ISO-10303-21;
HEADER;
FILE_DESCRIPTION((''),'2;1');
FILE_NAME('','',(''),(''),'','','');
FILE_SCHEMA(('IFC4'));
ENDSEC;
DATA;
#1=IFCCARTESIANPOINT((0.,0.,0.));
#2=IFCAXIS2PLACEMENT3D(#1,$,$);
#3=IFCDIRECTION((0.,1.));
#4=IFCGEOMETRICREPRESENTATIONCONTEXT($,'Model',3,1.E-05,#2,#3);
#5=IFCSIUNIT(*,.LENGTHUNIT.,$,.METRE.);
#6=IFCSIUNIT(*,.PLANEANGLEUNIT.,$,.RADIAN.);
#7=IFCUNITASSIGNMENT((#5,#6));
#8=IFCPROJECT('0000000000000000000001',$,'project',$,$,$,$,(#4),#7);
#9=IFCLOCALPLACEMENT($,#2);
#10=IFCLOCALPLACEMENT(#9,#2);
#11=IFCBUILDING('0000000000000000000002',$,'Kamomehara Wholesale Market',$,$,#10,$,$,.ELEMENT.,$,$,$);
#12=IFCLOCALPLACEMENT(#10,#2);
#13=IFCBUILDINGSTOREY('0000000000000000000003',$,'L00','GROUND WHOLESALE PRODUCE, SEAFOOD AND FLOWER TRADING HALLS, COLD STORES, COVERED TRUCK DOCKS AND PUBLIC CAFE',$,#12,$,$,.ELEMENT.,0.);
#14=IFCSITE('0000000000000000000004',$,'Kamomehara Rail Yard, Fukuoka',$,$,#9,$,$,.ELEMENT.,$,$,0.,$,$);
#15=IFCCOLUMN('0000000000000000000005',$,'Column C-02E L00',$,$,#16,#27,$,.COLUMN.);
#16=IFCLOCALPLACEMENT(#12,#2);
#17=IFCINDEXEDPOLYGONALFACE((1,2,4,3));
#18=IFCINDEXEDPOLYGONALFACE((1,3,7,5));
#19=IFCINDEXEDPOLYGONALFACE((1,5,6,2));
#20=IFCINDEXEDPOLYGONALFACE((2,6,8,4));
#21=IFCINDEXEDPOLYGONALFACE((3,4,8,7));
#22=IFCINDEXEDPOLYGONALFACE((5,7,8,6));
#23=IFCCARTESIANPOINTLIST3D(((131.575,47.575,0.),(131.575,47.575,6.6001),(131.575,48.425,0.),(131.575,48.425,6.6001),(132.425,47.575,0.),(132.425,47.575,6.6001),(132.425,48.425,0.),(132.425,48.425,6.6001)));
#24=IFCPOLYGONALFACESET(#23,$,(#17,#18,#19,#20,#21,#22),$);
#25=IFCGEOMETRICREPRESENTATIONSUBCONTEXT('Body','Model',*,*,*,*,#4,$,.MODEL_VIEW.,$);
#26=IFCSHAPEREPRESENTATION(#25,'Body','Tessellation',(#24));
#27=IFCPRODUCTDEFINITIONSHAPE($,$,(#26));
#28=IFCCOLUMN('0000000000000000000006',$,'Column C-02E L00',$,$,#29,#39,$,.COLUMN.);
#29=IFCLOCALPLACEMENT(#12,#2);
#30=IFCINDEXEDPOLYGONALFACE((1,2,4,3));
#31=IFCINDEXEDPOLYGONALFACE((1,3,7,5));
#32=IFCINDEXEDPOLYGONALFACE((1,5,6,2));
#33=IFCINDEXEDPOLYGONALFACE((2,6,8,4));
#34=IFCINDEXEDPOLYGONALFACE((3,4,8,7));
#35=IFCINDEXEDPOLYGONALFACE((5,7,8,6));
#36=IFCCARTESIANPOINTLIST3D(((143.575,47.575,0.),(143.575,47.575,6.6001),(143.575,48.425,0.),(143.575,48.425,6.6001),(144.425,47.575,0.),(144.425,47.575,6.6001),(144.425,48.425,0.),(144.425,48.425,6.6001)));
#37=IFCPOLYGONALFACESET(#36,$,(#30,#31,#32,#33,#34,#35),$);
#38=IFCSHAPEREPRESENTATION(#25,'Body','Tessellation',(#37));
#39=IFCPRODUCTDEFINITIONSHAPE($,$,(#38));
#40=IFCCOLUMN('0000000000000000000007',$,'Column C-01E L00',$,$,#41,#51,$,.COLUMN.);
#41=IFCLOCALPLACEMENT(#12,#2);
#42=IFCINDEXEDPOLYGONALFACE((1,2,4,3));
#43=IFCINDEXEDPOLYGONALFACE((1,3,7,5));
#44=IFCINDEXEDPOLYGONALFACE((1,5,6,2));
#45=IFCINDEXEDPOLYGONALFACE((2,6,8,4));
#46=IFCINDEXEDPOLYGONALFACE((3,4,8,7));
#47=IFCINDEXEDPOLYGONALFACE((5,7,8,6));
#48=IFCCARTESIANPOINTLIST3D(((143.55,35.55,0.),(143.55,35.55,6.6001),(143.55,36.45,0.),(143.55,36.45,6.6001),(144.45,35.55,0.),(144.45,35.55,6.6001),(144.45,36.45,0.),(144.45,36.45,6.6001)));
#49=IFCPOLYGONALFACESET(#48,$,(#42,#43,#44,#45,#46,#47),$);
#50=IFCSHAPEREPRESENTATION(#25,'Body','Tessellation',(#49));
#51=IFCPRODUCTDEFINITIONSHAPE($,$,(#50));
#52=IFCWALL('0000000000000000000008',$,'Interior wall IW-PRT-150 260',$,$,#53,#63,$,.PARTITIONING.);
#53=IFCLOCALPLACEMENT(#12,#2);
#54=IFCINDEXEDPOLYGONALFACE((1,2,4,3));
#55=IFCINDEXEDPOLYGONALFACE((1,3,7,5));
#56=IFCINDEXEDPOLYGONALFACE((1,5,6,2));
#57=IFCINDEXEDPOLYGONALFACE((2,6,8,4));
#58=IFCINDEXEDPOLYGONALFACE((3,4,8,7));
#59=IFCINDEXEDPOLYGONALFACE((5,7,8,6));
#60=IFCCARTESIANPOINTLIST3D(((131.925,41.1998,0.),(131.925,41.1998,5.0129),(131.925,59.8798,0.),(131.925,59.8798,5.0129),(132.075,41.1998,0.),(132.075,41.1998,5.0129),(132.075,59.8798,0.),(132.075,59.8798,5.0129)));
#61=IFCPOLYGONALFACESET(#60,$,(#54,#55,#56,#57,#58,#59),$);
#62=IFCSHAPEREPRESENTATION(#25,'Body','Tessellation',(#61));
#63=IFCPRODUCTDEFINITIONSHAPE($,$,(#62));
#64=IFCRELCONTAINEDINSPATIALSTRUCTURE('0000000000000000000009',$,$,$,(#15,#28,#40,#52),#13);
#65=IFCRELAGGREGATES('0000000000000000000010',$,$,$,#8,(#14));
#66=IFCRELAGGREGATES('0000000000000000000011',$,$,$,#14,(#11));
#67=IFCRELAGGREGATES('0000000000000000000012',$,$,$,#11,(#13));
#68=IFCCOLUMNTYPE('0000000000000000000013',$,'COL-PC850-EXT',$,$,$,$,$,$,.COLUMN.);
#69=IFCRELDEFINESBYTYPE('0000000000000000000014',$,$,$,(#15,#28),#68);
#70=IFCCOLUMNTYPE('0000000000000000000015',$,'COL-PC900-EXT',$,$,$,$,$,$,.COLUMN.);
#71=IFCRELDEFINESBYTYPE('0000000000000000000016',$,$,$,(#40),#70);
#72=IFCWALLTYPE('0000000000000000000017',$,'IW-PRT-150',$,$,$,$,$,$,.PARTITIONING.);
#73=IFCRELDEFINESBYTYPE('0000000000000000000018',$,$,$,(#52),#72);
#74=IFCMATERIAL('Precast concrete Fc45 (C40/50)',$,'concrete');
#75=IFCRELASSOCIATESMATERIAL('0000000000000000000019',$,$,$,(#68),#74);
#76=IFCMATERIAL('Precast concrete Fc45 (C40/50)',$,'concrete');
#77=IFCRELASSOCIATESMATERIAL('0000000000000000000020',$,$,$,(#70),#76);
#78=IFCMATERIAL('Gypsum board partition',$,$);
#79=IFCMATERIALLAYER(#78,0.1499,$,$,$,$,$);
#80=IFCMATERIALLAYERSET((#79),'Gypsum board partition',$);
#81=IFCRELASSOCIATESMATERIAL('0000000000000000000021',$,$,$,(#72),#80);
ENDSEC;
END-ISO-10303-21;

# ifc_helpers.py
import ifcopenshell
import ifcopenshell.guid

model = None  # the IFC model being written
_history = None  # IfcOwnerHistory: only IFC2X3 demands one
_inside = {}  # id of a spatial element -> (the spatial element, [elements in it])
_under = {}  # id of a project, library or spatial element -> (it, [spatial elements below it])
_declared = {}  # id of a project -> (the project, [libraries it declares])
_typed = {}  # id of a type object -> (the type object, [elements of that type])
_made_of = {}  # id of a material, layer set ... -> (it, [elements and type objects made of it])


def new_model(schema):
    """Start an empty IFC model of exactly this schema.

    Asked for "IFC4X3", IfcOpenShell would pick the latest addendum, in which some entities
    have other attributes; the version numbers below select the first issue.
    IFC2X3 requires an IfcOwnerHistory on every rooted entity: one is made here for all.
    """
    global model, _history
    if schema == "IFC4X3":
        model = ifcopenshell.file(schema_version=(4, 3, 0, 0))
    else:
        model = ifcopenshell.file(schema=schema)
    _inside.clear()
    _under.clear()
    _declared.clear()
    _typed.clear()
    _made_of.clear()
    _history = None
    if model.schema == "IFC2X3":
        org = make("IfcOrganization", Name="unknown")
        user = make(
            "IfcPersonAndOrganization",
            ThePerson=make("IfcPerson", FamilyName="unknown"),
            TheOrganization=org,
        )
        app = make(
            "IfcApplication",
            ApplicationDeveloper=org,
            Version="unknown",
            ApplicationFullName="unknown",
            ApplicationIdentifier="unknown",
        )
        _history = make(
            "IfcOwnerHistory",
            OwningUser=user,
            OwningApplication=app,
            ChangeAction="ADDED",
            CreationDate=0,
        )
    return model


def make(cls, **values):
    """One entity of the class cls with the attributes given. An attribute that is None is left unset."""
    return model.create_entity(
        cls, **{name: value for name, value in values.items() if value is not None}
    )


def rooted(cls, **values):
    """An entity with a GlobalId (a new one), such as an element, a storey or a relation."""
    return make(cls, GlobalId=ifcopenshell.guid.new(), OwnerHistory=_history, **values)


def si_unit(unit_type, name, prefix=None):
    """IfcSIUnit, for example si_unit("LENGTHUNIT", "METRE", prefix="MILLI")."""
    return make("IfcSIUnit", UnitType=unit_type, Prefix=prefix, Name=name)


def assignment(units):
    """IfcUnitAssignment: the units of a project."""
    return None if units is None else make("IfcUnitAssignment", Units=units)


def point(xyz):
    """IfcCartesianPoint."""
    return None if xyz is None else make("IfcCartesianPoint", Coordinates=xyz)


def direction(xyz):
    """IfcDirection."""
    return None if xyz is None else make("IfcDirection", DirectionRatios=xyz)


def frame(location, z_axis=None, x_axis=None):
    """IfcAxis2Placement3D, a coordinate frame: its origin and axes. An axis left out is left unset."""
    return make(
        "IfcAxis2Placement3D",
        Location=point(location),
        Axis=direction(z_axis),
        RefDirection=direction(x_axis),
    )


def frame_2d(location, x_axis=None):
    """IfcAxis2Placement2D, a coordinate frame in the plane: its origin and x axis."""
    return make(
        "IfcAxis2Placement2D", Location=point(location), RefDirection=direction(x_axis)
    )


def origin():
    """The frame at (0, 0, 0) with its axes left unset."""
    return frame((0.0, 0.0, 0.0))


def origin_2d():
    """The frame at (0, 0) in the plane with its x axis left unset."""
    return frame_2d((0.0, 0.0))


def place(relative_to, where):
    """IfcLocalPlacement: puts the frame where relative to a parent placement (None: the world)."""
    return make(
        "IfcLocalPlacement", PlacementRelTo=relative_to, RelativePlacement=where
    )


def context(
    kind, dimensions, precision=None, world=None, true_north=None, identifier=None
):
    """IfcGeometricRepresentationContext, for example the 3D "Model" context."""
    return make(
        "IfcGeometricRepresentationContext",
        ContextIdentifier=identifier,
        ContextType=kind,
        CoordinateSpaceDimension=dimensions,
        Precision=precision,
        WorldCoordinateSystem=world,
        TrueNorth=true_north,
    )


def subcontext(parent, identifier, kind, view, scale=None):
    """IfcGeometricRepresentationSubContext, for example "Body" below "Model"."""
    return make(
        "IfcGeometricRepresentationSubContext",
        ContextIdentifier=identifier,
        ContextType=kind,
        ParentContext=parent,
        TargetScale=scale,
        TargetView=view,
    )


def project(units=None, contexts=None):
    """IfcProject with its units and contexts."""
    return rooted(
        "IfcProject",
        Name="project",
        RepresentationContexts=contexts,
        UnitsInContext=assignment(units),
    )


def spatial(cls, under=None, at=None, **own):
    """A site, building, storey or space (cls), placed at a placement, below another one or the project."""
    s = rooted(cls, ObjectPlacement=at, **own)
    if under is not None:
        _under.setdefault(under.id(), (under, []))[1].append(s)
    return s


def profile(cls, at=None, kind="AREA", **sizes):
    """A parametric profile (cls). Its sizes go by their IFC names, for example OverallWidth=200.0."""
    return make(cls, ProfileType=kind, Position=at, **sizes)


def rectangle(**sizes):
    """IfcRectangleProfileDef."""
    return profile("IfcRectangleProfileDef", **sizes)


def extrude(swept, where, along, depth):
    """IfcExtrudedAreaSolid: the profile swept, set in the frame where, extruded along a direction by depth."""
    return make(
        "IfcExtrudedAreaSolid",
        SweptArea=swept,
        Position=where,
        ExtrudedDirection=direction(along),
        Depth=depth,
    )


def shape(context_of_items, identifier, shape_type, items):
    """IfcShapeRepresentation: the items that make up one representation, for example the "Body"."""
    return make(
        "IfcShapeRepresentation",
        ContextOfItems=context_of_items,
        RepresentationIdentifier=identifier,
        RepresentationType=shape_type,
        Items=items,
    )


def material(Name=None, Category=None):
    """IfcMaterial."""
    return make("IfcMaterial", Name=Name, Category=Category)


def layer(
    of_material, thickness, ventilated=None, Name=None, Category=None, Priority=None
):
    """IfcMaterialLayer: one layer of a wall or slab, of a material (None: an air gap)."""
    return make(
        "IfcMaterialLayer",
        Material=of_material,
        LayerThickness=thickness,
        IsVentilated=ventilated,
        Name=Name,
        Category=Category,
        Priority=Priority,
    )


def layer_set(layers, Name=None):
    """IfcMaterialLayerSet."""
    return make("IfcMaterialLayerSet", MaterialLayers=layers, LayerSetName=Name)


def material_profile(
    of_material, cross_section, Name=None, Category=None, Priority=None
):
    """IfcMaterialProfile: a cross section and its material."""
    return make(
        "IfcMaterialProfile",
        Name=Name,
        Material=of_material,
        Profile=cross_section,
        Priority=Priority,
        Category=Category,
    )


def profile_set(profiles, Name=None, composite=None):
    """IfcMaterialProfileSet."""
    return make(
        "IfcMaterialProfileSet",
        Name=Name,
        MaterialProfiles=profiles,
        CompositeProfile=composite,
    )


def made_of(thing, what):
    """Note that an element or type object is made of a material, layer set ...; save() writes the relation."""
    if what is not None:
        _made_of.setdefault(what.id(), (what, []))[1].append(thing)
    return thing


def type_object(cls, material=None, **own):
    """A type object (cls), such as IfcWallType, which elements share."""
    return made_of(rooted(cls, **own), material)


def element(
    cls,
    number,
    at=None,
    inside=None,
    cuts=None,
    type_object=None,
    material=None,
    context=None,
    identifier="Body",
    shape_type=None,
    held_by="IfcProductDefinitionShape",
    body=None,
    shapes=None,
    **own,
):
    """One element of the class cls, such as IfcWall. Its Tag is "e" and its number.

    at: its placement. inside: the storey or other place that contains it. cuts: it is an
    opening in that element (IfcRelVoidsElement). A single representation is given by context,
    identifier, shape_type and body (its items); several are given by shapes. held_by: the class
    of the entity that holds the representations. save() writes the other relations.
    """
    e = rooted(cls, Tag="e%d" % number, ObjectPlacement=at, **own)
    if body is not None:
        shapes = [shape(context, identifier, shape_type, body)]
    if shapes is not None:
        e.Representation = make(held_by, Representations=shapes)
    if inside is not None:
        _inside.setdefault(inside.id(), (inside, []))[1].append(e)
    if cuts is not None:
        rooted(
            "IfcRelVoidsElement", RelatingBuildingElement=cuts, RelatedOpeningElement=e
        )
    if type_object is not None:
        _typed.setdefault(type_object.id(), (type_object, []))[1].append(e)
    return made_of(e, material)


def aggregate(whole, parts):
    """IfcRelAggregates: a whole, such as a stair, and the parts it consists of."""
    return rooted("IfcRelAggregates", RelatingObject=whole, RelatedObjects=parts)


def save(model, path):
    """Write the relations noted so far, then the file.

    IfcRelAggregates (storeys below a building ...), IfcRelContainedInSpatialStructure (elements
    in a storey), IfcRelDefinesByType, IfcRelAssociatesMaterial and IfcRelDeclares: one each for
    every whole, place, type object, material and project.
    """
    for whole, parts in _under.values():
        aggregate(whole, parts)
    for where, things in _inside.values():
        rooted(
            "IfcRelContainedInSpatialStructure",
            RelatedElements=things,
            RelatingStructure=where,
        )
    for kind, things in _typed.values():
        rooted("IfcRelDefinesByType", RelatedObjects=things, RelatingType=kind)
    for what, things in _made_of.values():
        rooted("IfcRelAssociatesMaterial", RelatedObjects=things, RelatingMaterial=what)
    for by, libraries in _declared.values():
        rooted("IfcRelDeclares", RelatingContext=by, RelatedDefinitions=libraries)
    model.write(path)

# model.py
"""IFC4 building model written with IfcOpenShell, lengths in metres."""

from ifc_helpers import new_model, si_unit, direction, frame, frame_2d, origin, origin_2d, place, context, subcontext, project, spatial, rectangle, extrude, material, layer, layer_set, material_profile, profile_set, type_object, element, save


model = new_model("IFC4")

# Units and contexts
model_context = context("Model", 3, precision=1e-05, world=origin(), true_north=direction((0.0, 1.0)))
body_context = subcontext(model_context, "Body", "Model", "MODEL_VIEW")
ifc_project = project(units=[si_unit("LENGTHUNIT", "METRE"), si_unit("PLANEANGLEUNIT", "RADIAN")], contexts=[model_context])

# Site, building, storey
site_placement = place(None, origin())
site = spatial("IfcSite", under=ifc_project, at=site_placement, Name="Kamomehara Rail Yard, Fukuoka", CompositionType="ELEMENT", RefElevation=0.0)
building_placement = place(site_placement, origin())
building = spatial("IfcBuilding", under=site, at=building_placement, Name="Kamomehara Wholesale Market", CompositionType="ELEMENT")
storey_placement = place(building_placement, origin())
storey = spatial("IfcBuildingStorey", under=building, at=storey_placement, Name="L00", Description="GROUND WHOLESALE PRODUCE, SEAFOOD AND FLOWER TRADING HALLS, COLD STORES, COVERED TRUCK DOCKS AND PUBLIC CAFE", CompositionType="ELEMENT", Elevation=0.0)

# Columns
ifc_material_1 = material(Name="Precast concrete Fc45 (C40/50)", Category="concrete")
ifc_material_profile_1 = material_profile(ifc_material_1, rectangle(XDim=0.8501, YDim=0.8501, at=origin_2d()), Name="PC-COL-850x850")
ifc_profile_set_1 = profile_set([ifc_material_profile_1], Name="Precast concrete Fc45 (C40/50)")
column_type_1 = type_object("IfcColumnType", Name="COL-PC850-EXT", PredefinedType="COLUMN", material=ifc_profile_set_1)
for number, where, z_axis, x_axis, name in (
    (1, (132.0, 48.0, 0.0), (0.0, 0.0, 1.0), (1.0, 0.0, 0.0), "Column C-02E L00"),
    (2, (144.0, 48.0, 0.0), (0.0, 0.0, 1.0), (1.0, 0.0, 0.0), "Column C-02E L00"),
):
    element("IfcColumn", number, at=place(storey_placement, frame(where, z_axis=z_axis, x_axis=x_axis)), inside=storey, type_object=column_type_1, Name=name, PredefinedType="COLUMN", context=body_context, shape_type="SweptSolid", body=[
        extrude(rectangle(XDim=0.8501, YDim=0.8501, at=origin_2d()), origin(), (0.0, 0.0, 1.0), 6.6001),
    ])
ifc_material_2 = material(Name="Precast concrete Fc45 (C40/50)", Category="concrete")
ifc_material_profile_2 = material_profile(ifc_material_2, rectangle(XDim=0.8999, YDim=0.8999, at=origin_2d()), Name="PC-COL-900x900")
ifc_profile_set_2 = profile_set([ifc_material_profile_2], Name="Precast concrete Fc45 (C40/50)")
column_type_2 = type_object("IfcColumnType", Name="COL-PC900-EXT", PredefinedType="COLUMN", material=ifc_profile_set_2)
column_placement = place(storey_placement, frame((144.0, 36.0, 0.0), z_axis=(0.0, 0.0, 1.0), x_axis=(1.0, 0.0, 0.0)))
element("IfcColumn", 3, at=column_placement, inside=storey, type_object=column_type_2, Name="Column C-01E L00", PredefinedType="COLUMN", context=body_context, shape_type="SweptSolid", body=[
    extrude(rectangle(XDim=0.8999, YDim=0.8999, at=origin_2d()), origin(), (0.0, 0.0, 1.0), 6.6001),
])

# Wall
ifc_material_3 = material(Name="Gypsum board partition")
ifc_layer = layer(ifc_material_3, 0.1499)
ifc_layer_set = layer_set([ifc_layer], Name="Gypsum board partition")
wall_type = type_object("IfcWallType", Name="IW-PRT-150", PredefinedType="PARTITIONING", material=ifc_layer_set)
wall_placement = place(storey_placement, frame((132.0, 41.2, 0.0), z_axis=(0.0, 0.0, 1.0), x_axis=(0.0, 1.0, 0.0)))
element("IfcWall", 4, at=wall_placement, inside=storey, type_object=wall_type, Name="Interior wall IW-PRT-150 260", PredefinedType="PARTITIONING", context=body_context, shape_type="SweptSolid", body=[
    extrude(rectangle(XDim=18.6799, YDim=0.1499, at=frame_2d((9.3398, 0.0))), origin(), (0.0, 0.0, 1.0), 5.0129),
])

save(model, "model.ifc")
